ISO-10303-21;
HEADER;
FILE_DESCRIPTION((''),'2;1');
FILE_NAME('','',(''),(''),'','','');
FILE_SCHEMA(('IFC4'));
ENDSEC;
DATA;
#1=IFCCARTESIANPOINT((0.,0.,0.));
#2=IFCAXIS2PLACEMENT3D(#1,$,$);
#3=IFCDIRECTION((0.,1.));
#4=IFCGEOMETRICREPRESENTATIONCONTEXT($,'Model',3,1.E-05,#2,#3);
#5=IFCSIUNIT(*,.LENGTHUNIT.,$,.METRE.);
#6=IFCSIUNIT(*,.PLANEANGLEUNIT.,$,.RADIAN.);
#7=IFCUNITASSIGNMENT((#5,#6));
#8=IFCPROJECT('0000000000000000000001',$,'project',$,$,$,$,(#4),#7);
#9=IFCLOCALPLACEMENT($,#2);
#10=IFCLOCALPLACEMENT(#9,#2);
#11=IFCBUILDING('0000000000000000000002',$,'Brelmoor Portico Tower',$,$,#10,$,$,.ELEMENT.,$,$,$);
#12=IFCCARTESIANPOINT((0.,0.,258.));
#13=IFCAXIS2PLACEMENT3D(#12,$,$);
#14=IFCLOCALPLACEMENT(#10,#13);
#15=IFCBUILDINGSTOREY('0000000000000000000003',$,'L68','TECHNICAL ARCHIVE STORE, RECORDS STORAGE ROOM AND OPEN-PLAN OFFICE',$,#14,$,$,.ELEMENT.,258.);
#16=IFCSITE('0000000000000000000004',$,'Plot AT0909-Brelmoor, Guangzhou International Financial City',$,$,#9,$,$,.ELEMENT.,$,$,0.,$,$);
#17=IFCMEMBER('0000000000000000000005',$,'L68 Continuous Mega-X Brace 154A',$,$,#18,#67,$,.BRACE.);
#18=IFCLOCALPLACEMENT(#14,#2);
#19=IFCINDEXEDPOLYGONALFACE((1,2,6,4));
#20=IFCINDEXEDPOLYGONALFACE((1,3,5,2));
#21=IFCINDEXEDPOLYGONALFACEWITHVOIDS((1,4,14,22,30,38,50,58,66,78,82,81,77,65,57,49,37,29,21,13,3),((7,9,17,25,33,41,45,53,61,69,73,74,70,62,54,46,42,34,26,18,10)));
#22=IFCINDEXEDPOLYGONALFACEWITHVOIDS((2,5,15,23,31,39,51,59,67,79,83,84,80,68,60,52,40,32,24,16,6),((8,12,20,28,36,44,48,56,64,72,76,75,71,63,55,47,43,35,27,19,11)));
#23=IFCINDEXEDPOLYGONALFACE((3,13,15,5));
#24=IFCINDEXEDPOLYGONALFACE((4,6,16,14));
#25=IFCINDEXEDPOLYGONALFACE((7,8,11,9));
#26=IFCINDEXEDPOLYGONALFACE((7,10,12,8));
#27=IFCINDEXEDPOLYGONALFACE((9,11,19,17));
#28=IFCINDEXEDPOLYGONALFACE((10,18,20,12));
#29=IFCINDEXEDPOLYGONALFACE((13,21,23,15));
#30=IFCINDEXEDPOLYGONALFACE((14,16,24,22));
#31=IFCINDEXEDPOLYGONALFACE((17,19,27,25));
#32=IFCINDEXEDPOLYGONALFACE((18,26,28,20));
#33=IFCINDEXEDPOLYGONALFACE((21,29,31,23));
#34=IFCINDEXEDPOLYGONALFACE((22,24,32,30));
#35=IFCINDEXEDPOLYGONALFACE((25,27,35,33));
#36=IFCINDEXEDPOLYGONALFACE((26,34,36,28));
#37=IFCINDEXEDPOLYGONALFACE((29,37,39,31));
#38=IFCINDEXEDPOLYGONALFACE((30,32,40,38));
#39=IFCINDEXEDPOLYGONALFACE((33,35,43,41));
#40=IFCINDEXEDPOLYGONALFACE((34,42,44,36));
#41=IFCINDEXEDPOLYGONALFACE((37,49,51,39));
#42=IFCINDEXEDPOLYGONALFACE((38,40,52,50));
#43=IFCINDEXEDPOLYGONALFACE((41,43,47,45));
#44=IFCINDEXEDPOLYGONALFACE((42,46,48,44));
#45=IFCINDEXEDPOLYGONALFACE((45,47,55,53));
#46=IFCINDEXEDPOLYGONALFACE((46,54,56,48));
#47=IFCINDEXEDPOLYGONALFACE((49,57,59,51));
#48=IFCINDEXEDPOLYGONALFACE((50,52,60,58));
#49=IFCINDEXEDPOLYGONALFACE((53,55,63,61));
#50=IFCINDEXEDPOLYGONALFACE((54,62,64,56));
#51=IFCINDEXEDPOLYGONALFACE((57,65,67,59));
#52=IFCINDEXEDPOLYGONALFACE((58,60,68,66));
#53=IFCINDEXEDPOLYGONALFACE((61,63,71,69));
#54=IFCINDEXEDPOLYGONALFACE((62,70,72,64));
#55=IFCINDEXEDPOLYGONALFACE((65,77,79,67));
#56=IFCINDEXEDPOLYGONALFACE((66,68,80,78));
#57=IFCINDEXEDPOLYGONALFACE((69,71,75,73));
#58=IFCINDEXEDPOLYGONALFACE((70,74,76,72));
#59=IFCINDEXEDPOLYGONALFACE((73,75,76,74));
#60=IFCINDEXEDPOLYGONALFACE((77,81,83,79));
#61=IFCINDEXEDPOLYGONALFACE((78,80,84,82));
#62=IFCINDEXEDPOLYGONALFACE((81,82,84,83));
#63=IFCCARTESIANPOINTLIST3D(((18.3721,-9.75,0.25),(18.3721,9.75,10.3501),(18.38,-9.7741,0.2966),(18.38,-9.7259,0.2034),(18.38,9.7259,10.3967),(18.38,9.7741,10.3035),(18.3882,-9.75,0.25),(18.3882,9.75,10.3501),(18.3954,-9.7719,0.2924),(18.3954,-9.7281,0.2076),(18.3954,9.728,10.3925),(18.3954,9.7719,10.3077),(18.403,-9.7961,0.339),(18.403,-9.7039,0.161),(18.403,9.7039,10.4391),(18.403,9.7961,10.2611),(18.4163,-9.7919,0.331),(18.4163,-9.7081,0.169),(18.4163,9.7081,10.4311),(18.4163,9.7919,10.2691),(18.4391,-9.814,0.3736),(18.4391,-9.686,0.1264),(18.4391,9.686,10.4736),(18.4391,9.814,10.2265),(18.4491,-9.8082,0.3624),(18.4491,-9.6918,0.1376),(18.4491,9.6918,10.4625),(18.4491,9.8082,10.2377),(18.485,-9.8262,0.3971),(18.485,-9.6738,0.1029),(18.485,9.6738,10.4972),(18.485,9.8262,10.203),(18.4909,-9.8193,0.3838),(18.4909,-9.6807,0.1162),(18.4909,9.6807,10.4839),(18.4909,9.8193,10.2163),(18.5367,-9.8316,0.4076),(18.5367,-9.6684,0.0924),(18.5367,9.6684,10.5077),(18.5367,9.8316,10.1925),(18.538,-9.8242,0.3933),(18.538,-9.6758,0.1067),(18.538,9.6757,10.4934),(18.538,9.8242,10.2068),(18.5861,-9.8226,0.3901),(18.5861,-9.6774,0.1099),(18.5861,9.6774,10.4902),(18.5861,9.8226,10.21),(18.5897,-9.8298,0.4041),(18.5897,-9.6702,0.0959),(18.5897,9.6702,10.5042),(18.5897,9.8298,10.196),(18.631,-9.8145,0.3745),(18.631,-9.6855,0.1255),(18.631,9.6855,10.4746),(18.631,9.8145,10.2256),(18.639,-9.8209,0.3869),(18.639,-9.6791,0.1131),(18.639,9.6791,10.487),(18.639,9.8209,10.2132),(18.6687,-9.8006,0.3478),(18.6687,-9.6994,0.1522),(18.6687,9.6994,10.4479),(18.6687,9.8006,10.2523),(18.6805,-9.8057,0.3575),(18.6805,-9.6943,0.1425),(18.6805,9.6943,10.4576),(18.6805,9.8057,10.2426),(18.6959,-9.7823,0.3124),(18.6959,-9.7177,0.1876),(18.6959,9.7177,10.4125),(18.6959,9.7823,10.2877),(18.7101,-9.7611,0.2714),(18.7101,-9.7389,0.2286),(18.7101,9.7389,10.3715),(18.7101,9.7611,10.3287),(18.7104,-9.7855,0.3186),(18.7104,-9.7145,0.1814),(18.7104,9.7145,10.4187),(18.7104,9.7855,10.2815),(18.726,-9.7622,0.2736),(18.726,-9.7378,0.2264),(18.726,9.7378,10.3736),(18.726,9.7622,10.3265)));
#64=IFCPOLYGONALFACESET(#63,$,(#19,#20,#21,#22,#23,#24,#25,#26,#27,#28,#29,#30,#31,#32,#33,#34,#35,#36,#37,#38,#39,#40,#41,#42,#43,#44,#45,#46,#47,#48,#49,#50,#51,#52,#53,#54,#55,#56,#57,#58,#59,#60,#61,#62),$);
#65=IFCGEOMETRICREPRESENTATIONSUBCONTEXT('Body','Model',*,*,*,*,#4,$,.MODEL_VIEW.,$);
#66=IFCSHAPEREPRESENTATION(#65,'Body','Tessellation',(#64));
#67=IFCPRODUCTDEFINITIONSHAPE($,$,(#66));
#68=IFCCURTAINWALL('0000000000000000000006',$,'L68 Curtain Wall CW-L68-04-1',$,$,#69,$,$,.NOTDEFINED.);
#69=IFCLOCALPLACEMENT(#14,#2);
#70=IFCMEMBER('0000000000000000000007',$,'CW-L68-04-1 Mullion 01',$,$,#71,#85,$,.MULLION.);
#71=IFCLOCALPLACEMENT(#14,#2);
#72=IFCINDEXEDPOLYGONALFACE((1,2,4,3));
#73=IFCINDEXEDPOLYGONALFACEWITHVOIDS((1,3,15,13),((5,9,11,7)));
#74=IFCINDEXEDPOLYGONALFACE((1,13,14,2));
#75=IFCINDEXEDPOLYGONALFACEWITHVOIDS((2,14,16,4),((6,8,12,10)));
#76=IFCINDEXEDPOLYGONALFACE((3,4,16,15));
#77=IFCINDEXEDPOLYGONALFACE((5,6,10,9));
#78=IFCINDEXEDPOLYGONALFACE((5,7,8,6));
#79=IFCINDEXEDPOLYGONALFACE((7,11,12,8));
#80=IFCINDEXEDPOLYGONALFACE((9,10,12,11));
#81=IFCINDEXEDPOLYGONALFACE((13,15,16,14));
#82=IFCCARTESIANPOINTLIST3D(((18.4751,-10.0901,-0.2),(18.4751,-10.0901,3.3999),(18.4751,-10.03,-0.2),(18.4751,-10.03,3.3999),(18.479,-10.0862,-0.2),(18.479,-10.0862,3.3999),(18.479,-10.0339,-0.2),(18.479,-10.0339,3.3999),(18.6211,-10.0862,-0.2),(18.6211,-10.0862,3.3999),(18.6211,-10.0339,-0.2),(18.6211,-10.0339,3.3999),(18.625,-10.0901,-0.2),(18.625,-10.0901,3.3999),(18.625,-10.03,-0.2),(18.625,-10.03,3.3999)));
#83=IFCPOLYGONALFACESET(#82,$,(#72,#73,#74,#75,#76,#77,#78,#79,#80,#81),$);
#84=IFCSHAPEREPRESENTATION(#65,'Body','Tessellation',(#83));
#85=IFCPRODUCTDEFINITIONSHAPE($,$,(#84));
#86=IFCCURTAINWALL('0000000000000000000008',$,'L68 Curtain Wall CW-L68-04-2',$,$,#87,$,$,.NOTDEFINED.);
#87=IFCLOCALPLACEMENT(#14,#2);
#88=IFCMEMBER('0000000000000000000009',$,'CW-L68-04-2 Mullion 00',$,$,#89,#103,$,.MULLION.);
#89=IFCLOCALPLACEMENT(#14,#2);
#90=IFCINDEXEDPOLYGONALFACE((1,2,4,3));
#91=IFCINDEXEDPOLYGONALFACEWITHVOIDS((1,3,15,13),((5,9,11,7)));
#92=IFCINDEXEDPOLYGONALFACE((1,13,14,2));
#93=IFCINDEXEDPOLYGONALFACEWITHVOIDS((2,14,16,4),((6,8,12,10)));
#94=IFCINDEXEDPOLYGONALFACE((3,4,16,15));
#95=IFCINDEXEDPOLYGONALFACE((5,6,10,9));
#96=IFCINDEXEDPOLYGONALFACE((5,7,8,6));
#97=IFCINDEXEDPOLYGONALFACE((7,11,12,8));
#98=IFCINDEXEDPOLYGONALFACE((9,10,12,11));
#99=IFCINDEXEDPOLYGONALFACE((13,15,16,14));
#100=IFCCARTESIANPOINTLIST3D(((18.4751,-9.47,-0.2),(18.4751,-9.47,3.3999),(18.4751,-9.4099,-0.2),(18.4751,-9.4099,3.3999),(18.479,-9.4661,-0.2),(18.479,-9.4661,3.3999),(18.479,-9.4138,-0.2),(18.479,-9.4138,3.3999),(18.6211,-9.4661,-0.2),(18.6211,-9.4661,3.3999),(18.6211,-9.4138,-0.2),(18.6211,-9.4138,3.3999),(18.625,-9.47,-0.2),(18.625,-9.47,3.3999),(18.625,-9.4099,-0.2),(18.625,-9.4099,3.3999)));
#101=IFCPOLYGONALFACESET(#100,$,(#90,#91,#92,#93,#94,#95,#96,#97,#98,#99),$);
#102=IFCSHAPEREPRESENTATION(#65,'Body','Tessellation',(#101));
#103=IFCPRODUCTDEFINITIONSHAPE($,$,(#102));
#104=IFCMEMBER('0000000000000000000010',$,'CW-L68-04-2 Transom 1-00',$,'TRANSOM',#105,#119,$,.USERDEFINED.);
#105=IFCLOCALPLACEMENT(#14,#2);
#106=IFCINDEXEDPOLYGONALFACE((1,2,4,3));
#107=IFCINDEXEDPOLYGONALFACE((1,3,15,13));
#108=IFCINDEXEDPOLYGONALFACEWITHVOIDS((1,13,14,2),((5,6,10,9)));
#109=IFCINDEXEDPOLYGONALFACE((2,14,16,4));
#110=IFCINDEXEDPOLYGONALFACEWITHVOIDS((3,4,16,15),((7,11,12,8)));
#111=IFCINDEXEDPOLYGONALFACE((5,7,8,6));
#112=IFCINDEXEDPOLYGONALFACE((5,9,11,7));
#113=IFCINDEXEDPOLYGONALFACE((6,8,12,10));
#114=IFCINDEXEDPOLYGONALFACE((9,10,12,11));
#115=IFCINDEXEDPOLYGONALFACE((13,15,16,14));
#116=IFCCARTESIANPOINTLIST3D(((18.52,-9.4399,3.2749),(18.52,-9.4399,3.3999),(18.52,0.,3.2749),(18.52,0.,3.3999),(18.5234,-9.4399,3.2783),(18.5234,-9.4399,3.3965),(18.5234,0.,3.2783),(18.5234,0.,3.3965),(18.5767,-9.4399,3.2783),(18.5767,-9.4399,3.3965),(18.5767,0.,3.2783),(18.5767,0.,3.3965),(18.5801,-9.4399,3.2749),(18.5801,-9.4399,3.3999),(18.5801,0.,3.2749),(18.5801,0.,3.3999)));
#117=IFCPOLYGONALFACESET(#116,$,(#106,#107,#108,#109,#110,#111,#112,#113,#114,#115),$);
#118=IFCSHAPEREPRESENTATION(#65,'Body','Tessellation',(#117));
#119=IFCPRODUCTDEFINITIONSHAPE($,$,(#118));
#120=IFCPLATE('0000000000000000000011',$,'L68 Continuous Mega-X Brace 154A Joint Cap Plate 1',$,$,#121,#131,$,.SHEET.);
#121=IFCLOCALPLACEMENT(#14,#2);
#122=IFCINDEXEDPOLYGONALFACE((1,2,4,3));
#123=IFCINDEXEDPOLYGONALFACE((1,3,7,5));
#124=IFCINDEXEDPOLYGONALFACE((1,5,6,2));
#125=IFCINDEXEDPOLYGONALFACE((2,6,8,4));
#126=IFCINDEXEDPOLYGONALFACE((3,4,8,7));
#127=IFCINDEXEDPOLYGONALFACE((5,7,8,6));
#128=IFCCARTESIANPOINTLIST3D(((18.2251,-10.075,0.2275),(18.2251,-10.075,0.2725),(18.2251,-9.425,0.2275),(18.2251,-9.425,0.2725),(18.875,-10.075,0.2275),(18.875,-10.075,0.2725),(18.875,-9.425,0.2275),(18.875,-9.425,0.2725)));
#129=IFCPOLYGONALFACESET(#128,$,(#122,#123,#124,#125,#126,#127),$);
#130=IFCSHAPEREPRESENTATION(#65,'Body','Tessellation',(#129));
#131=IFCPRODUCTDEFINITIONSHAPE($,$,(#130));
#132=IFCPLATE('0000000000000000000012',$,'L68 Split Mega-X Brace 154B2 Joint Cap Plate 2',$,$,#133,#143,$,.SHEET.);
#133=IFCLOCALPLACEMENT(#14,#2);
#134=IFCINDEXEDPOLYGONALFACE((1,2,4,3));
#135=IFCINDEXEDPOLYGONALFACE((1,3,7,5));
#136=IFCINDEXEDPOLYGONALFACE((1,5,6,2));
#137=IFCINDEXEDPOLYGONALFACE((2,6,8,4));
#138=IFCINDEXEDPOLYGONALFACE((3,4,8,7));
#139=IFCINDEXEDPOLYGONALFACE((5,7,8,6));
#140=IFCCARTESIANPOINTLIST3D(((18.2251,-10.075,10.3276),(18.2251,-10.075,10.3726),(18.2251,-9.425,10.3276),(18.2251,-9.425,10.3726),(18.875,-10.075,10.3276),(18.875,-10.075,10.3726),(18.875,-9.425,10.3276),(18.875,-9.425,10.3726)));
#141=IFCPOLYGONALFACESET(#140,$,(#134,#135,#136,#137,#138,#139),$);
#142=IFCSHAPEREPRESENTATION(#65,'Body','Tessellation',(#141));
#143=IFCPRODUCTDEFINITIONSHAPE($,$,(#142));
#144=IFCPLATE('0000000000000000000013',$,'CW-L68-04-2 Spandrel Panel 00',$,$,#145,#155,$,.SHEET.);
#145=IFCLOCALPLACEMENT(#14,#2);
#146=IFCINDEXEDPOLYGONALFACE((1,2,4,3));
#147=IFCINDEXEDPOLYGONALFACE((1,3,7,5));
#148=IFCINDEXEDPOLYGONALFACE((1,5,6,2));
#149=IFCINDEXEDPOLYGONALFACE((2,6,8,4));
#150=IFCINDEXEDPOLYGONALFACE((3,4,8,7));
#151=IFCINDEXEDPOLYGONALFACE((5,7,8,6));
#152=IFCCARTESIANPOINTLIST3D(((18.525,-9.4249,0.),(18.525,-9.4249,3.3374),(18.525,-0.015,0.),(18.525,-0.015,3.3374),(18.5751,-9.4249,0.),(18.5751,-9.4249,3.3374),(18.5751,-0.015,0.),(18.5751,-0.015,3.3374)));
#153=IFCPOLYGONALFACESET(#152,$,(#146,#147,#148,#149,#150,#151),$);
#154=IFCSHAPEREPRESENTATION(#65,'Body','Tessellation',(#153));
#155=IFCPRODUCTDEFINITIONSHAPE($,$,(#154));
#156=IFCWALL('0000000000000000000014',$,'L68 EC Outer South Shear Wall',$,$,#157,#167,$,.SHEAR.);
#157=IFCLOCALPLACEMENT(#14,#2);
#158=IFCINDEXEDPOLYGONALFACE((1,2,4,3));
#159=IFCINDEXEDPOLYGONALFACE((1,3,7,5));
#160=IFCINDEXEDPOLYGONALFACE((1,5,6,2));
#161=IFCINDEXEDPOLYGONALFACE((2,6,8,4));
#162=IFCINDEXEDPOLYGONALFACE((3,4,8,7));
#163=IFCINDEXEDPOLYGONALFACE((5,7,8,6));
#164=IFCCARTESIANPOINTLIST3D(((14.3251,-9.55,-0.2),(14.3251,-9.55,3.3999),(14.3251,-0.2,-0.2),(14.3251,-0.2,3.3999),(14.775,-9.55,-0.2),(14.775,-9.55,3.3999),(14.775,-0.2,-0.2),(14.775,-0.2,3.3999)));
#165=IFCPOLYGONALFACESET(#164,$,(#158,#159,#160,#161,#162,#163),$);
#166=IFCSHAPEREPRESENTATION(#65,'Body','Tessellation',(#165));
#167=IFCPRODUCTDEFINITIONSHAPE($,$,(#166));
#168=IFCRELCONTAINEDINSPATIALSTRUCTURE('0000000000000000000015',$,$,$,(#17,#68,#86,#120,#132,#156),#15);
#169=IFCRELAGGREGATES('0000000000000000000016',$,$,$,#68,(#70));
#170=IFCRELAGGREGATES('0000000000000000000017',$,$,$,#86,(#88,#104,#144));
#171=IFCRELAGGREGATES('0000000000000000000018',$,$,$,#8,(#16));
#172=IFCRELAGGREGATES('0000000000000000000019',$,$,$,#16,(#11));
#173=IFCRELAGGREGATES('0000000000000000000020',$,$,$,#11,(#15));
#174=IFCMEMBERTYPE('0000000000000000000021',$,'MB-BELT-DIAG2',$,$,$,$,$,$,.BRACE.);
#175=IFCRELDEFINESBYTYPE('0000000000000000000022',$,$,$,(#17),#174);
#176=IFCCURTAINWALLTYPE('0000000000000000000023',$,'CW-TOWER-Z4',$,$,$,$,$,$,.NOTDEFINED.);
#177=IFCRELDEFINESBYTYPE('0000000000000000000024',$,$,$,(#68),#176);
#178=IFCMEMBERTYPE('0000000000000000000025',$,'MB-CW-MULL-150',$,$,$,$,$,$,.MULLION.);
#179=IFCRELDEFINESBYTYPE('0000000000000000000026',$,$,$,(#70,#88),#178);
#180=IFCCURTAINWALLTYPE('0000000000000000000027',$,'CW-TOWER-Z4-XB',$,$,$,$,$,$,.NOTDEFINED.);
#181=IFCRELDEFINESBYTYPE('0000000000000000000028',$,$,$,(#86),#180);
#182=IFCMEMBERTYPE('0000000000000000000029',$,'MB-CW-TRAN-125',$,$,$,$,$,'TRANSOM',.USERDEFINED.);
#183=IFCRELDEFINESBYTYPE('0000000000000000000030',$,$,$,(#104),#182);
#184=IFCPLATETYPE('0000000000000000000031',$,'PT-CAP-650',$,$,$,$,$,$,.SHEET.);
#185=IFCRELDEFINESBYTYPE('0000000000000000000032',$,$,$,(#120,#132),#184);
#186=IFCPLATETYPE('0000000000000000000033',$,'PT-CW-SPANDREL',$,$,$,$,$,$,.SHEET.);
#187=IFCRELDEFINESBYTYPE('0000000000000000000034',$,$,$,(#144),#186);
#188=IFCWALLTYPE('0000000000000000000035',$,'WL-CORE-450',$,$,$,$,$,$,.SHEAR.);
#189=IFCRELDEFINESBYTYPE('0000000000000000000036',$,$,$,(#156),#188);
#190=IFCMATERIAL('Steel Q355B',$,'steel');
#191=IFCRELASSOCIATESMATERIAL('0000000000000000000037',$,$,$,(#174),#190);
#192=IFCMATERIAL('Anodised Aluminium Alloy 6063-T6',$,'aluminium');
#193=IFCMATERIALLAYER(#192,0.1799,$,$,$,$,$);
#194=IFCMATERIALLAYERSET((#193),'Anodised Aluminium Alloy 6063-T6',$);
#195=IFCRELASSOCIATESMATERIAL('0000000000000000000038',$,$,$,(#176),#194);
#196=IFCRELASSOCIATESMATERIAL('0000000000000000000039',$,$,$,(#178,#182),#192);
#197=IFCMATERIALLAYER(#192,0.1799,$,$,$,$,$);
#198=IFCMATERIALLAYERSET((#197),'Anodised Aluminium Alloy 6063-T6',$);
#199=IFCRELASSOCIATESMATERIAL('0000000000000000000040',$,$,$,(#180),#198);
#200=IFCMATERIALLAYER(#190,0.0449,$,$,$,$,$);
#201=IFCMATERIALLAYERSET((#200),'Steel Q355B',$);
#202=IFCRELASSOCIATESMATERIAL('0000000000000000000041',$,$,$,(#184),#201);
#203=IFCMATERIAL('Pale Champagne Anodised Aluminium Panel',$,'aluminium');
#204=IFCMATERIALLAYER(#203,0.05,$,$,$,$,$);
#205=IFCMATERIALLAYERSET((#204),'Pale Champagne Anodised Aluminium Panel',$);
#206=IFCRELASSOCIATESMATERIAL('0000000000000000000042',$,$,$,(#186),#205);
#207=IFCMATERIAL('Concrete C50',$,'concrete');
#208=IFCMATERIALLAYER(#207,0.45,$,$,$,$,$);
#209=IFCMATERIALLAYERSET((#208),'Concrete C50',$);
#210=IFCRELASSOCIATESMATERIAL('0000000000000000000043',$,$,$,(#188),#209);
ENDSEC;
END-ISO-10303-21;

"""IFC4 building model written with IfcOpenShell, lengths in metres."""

from ifc_helpers import new_model, si_unit, direction, frame, frame_2d, origin, origin_2d, place, context, subcontext, project, spatial, rectangle, hollow_rectangle, hollow_circle, extrude, material, layer, layer_set, material_profile, profile_set, type_object, element, aggregate, save


model = new_model("IFC4")

# Units and contexts
model_context = context("Model", 3, precision=1e-05, world=origin(), true_north=direction((0.0, 1.0)))
body_context = subcontext(model_context, "Body", "Model", "MODEL_VIEW")
ifc_project = project(units=[si_unit("LENGTHUNIT", "METRE"), si_unit("PLANEANGLEUNIT", "RADIAN")], contexts=[model_context])

# Site, building, storey
site_placement = place(None, origin())
site = spatial("IfcSite", under=ifc_project, at=site_placement, Name="Plot AT0909-Brelmoor, Guangzhou International Financial City", CompositionType="ELEMENT", RefElevation=0.0)
building_placement = place(site_placement, origin())
building = spatial("IfcBuilding", under=site, at=building_placement, Name="Brelmoor Portico Tower", CompositionType="ELEMENT")
storey_placement = place(building_placement, frame((0.0, 0.0, 258.0)))
storey = spatial("IfcBuildingStorey", under=building, at=storey_placement, Name="L68", Description="TECHNICAL ARCHIVE STORE, RECORDS STORAGE ROOM AND OPEN-PLAN OFFICE", CompositionType="ELEMENT", Elevation=258.0)

# Shared definitions
ifc_material_1 = material(Name="Steel Q355B", Category="steel")

# Member
ifc_material_profile_1 = material_profile(ifc_material_1, hollow_circle(Radius=0.178, WallThickness=0.0161, at=origin_2d()), Name="CHS 356x16")
ifc_profile_set_1 = profile_set([ifc_material_profile_1], Name="Steel Q355B")
member_type_1 = type_object("IfcMemberType", Name="MB-BELT-DIAG2", PredefinedType="BRACE", material=ifc_profile_set_1)
member_1_placement = place(storey_placement, frame((18.55, -9.75, 0.25), z_axis=(0.0, 0.887959, 0.459922), x_axis=(-1.0, 0.0, 0.0)))
element("IfcMember", 1, at=member_1_placement, inside=storey, type_object=member_type_1, Name="L68 Continuous Mega-X Brace 154A", PredefinedType="BRACE", context=body_context, shape_type="SweptSolid", body=[
    extrude(hollow_circle(Radius=0.178, WallThickness=0.0161, at=origin_2d()), origin(), (0.0, 0.0, 1.0), 21.9604),
])

# Curtain wall, member
ifc_material_2 = material(Name="Anodised Aluminium Alloy 6063-T6", Category="aluminium")
ifc_layer_1 = layer(ifc_material_2, 0.1799)
ifc_layer_set_1 = layer_set([ifc_layer_1], Name="Anodised Aluminium Alloy 6063-T6")
curtain_wall_type_1 = type_object("IfcCurtainWallType", Name="CW-TOWER-Z4", PredefinedType="NOTDEFINED", material=ifc_layer_set_1)
curtain_wall_1_placement = place(storey_placement, origin())
curtain_wall_1 = element("IfcCurtainWall", 2, at=curtain_wall_1_placement, inside=storey, type_object=curtain_wall_type_1, Name="L68 Curtain Wall CW-L68-04-1", PredefinedType="NOTDEFINED")
ifc_material_profile_2 = material_profile(ifc_material_2, hollow_rectangle(XDim=0.0601, YDim=0.1499, WallThickness=0.0039, at=origin_2d()), Name="ALU MULLION 60x150")
ifc_profile_set_2 = profile_set([ifc_material_profile_2], Name="Anodised Aluminium Alloy 6063-T6")
member_type_2 = type_object("IfcMemberType", Name="MB-CW-MULL-150", PredefinedType="MULLION", material=ifc_profile_set_2)
member_2_placement = place(storey_placement, frame((18.55, -10.0601, -0.2), z_axis=(0.0, 0.0, 1.0), x_axis=(0.0, 1.0, 0.0)))
member_2 = element("IfcMember", 3, at=member_2_placement, type_object=member_type_2, Name="CW-L68-04-1 Mullion 01", PredefinedType="MULLION", context=body_context, shape_type="SweptSolid", body=[
    extrude(hollow_rectangle(XDim=0.0601, YDim=0.1499, WallThickness=0.0039, at=origin_2d()), origin(), (0.0, 0.0, 1.0), 3.5999),
])
aggregate(curtain_wall_1, [member_2])

# Curtain wall, members
ifc_layer_2 = layer(ifc_material_2, 0.1799)
ifc_layer_set_2 = layer_set([ifc_layer_2], Name="Anodised Aluminium Alloy 6063-T6")
curtain_wall_type_2 = type_object("IfcCurtainWallType", Name="CW-TOWER-Z4-XB", PredefinedType="NOTDEFINED", material=ifc_layer_set_2)
curtain_wall_2_placement = place(storey_placement, origin())
curtain_wall_2 = element("IfcCurtainWall", 4, at=curtain_wall_2_placement, inside=storey, type_object=curtain_wall_type_2, Name="L68 Curtain Wall CW-L68-04-2", PredefinedType="NOTDEFINED")
member_3_placement = place(storey_placement, frame((18.55, -9.4399, -0.2), z_axis=(0.0, 0.0, 1.0), x_axis=(0.0, 1.0, 0.0)))
member_3 = element("IfcMember", 5, at=member_3_placement, type_object=member_type_2, Name="CW-L68-04-2 Mullion 00", PredefinedType="MULLION", context=body_context, shape_type="SweptSolid", body=[
    extrude(hollow_rectangle(XDim=0.0601, YDim=0.1499, WallThickness=0.0039, at=origin_2d()), origin(), (0.0, 0.0, 1.0), 3.5999),
])
ifc_material_profile_3 = material_profile(ifc_material_2, hollow_rectangle(XDim=0.0601, YDim=0.125, WallThickness=0.0034, at=origin_2d()), Name="ALU TRANSOM 60x125")
ifc_profile_set_3 = profile_set([ifc_material_profile_3], Name="Anodised Aluminium Alloy 6063-T6")
member_type_3 = type_object("IfcMemberType", Name="MB-CW-TRAN-125", ElementType="TRANSOM", PredefinedType="USERDEFINED", material=ifc_profile_set_3)
member_4_placement = place(storey_placement, frame((18.55, -9.4399, 3.3374), z_axis=(0.0, 1.0, 0.0), x_axis=(-1.0, 0.0, 0.0)))
member_4 = element("IfcMember", 6, at=member_4_placement, type_object=member_type_3, Name="CW-L68-04-2 Transom 1-00", ObjectType="TRANSOM", PredefinedType="USERDEFINED", context=body_context, shape_type="SweptSolid", body=[
    extrude(hollow_rectangle(XDim=0.0601, YDim=0.125, WallThickness=0.0034, at=origin_2d()), origin(), (0.0, 0.0, 1.0), 9.4399),
])

# Plates
ifc_layer_3 = layer(ifc_material_1, 0.0449)
ifc_layer_set_3 = layer_set([ifc_layer_3], Name="Steel Q355B")
plate_type_1 = type_object("IfcPlateType", Name="PT-CAP-650", PredefinedType="SHEET", material=ifc_layer_set_3)
for number, where, z_axis, x_axis, name in (
    (7, (18.55, -9.75, 0.2275), (0.0, 0.0, 1.0), (1.0, 0.0, 0.0), "L68 Continuous Mega-X Brace 154A Joint Cap Plate 1"),
    (8, (18.55, -9.75, 10.3276), (0.0, 0.0, 1.0), (1.0, 0.0, 0.0), "L68 Split Mega-X Brace 154B2 Joint Cap Plate 2"),
):
    element("IfcPlate", number, at=place(storey_placement, frame(where, z_axis=z_axis, x_axis=x_axis)), inside=storey, type_object=plate_type_1, Name=name, PredefinedType="SHEET", context=body_context, shape_type="SweptSolid", body=[
        extrude(rectangle(XDim=0.6499, YDim=0.6499, at=origin_2d()), origin(), (0.0, 0.0, 1.0), 0.0449),
    ])

# Plate
ifc_material_3 = material(Name="Pale Champagne Anodised Aluminium Panel", Category="aluminium")
ifc_layer_4 = layer(ifc_material_3, 0.05)
ifc_layer_set_4 = layer_set([ifc_layer_4], Name="Pale Champagne Anodised Aluminium Panel")
plate_type_2 = type_object("IfcPlateType", Name="PT-CW-SPANDREL", PredefinedType="SHEET", material=ifc_layer_set_4)
plate_placement = place(storey_placement, frame((18.55, -4.72, 0.0), z_axis=(0.0, 0.0, 1.0), x_axis=(0.0, 1.0, 0.0)))
plate = element("IfcPlate", 9, at=plate_placement, type_object=plate_type_2, Name="CW-L68-04-2 Spandrel Panel 00", PredefinedType="SHEET", context=body_context, shape_type="SweptSolid", body=[
    extrude(rectangle(XDim=9.4099, YDim=0.05, at=origin_2d()), origin(), (0.0, 0.0, 1.0), 3.3374),
])
aggregate(curtain_wall_2, [member_3, member_4, plate])

# Wall
ifc_material_4 = material(Name="Concrete C50", Category="concrete")
ifc_layer_5 = layer(ifc_material_4, 0.45)
ifc_layer_set_5 = layer_set([ifc_layer_5], Name="Concrete C50")
wall_type_1 = type_object("IfcWallType", Name="WL-CORE-450", PredefinedType="SHEAR", material=ifc_layer_set_5)
wall_1_placement = place(storey_placement, frame((14.55, -9.55, -0.2), z_axis=(0.0, 0.0, 1.0), x_axis=(0.0, 1.0, 0.0)))
element("IfcWall", 10, at=wall_1_placement, inside=storey, type_object=wall_type_1, Name="L68 EC Outer South Shear Wall", PredefinedType="SHEAR", context=body_context, shape_type="SweptSolid", body=[
    extrude(rectangle(XDim=9.3501, YDim=0.45, at=frame_2d((4.675, 0.0))), origin(), (0.0, 0.0, 1.0), 3.5999),
])

save(model, "model.ifc")
